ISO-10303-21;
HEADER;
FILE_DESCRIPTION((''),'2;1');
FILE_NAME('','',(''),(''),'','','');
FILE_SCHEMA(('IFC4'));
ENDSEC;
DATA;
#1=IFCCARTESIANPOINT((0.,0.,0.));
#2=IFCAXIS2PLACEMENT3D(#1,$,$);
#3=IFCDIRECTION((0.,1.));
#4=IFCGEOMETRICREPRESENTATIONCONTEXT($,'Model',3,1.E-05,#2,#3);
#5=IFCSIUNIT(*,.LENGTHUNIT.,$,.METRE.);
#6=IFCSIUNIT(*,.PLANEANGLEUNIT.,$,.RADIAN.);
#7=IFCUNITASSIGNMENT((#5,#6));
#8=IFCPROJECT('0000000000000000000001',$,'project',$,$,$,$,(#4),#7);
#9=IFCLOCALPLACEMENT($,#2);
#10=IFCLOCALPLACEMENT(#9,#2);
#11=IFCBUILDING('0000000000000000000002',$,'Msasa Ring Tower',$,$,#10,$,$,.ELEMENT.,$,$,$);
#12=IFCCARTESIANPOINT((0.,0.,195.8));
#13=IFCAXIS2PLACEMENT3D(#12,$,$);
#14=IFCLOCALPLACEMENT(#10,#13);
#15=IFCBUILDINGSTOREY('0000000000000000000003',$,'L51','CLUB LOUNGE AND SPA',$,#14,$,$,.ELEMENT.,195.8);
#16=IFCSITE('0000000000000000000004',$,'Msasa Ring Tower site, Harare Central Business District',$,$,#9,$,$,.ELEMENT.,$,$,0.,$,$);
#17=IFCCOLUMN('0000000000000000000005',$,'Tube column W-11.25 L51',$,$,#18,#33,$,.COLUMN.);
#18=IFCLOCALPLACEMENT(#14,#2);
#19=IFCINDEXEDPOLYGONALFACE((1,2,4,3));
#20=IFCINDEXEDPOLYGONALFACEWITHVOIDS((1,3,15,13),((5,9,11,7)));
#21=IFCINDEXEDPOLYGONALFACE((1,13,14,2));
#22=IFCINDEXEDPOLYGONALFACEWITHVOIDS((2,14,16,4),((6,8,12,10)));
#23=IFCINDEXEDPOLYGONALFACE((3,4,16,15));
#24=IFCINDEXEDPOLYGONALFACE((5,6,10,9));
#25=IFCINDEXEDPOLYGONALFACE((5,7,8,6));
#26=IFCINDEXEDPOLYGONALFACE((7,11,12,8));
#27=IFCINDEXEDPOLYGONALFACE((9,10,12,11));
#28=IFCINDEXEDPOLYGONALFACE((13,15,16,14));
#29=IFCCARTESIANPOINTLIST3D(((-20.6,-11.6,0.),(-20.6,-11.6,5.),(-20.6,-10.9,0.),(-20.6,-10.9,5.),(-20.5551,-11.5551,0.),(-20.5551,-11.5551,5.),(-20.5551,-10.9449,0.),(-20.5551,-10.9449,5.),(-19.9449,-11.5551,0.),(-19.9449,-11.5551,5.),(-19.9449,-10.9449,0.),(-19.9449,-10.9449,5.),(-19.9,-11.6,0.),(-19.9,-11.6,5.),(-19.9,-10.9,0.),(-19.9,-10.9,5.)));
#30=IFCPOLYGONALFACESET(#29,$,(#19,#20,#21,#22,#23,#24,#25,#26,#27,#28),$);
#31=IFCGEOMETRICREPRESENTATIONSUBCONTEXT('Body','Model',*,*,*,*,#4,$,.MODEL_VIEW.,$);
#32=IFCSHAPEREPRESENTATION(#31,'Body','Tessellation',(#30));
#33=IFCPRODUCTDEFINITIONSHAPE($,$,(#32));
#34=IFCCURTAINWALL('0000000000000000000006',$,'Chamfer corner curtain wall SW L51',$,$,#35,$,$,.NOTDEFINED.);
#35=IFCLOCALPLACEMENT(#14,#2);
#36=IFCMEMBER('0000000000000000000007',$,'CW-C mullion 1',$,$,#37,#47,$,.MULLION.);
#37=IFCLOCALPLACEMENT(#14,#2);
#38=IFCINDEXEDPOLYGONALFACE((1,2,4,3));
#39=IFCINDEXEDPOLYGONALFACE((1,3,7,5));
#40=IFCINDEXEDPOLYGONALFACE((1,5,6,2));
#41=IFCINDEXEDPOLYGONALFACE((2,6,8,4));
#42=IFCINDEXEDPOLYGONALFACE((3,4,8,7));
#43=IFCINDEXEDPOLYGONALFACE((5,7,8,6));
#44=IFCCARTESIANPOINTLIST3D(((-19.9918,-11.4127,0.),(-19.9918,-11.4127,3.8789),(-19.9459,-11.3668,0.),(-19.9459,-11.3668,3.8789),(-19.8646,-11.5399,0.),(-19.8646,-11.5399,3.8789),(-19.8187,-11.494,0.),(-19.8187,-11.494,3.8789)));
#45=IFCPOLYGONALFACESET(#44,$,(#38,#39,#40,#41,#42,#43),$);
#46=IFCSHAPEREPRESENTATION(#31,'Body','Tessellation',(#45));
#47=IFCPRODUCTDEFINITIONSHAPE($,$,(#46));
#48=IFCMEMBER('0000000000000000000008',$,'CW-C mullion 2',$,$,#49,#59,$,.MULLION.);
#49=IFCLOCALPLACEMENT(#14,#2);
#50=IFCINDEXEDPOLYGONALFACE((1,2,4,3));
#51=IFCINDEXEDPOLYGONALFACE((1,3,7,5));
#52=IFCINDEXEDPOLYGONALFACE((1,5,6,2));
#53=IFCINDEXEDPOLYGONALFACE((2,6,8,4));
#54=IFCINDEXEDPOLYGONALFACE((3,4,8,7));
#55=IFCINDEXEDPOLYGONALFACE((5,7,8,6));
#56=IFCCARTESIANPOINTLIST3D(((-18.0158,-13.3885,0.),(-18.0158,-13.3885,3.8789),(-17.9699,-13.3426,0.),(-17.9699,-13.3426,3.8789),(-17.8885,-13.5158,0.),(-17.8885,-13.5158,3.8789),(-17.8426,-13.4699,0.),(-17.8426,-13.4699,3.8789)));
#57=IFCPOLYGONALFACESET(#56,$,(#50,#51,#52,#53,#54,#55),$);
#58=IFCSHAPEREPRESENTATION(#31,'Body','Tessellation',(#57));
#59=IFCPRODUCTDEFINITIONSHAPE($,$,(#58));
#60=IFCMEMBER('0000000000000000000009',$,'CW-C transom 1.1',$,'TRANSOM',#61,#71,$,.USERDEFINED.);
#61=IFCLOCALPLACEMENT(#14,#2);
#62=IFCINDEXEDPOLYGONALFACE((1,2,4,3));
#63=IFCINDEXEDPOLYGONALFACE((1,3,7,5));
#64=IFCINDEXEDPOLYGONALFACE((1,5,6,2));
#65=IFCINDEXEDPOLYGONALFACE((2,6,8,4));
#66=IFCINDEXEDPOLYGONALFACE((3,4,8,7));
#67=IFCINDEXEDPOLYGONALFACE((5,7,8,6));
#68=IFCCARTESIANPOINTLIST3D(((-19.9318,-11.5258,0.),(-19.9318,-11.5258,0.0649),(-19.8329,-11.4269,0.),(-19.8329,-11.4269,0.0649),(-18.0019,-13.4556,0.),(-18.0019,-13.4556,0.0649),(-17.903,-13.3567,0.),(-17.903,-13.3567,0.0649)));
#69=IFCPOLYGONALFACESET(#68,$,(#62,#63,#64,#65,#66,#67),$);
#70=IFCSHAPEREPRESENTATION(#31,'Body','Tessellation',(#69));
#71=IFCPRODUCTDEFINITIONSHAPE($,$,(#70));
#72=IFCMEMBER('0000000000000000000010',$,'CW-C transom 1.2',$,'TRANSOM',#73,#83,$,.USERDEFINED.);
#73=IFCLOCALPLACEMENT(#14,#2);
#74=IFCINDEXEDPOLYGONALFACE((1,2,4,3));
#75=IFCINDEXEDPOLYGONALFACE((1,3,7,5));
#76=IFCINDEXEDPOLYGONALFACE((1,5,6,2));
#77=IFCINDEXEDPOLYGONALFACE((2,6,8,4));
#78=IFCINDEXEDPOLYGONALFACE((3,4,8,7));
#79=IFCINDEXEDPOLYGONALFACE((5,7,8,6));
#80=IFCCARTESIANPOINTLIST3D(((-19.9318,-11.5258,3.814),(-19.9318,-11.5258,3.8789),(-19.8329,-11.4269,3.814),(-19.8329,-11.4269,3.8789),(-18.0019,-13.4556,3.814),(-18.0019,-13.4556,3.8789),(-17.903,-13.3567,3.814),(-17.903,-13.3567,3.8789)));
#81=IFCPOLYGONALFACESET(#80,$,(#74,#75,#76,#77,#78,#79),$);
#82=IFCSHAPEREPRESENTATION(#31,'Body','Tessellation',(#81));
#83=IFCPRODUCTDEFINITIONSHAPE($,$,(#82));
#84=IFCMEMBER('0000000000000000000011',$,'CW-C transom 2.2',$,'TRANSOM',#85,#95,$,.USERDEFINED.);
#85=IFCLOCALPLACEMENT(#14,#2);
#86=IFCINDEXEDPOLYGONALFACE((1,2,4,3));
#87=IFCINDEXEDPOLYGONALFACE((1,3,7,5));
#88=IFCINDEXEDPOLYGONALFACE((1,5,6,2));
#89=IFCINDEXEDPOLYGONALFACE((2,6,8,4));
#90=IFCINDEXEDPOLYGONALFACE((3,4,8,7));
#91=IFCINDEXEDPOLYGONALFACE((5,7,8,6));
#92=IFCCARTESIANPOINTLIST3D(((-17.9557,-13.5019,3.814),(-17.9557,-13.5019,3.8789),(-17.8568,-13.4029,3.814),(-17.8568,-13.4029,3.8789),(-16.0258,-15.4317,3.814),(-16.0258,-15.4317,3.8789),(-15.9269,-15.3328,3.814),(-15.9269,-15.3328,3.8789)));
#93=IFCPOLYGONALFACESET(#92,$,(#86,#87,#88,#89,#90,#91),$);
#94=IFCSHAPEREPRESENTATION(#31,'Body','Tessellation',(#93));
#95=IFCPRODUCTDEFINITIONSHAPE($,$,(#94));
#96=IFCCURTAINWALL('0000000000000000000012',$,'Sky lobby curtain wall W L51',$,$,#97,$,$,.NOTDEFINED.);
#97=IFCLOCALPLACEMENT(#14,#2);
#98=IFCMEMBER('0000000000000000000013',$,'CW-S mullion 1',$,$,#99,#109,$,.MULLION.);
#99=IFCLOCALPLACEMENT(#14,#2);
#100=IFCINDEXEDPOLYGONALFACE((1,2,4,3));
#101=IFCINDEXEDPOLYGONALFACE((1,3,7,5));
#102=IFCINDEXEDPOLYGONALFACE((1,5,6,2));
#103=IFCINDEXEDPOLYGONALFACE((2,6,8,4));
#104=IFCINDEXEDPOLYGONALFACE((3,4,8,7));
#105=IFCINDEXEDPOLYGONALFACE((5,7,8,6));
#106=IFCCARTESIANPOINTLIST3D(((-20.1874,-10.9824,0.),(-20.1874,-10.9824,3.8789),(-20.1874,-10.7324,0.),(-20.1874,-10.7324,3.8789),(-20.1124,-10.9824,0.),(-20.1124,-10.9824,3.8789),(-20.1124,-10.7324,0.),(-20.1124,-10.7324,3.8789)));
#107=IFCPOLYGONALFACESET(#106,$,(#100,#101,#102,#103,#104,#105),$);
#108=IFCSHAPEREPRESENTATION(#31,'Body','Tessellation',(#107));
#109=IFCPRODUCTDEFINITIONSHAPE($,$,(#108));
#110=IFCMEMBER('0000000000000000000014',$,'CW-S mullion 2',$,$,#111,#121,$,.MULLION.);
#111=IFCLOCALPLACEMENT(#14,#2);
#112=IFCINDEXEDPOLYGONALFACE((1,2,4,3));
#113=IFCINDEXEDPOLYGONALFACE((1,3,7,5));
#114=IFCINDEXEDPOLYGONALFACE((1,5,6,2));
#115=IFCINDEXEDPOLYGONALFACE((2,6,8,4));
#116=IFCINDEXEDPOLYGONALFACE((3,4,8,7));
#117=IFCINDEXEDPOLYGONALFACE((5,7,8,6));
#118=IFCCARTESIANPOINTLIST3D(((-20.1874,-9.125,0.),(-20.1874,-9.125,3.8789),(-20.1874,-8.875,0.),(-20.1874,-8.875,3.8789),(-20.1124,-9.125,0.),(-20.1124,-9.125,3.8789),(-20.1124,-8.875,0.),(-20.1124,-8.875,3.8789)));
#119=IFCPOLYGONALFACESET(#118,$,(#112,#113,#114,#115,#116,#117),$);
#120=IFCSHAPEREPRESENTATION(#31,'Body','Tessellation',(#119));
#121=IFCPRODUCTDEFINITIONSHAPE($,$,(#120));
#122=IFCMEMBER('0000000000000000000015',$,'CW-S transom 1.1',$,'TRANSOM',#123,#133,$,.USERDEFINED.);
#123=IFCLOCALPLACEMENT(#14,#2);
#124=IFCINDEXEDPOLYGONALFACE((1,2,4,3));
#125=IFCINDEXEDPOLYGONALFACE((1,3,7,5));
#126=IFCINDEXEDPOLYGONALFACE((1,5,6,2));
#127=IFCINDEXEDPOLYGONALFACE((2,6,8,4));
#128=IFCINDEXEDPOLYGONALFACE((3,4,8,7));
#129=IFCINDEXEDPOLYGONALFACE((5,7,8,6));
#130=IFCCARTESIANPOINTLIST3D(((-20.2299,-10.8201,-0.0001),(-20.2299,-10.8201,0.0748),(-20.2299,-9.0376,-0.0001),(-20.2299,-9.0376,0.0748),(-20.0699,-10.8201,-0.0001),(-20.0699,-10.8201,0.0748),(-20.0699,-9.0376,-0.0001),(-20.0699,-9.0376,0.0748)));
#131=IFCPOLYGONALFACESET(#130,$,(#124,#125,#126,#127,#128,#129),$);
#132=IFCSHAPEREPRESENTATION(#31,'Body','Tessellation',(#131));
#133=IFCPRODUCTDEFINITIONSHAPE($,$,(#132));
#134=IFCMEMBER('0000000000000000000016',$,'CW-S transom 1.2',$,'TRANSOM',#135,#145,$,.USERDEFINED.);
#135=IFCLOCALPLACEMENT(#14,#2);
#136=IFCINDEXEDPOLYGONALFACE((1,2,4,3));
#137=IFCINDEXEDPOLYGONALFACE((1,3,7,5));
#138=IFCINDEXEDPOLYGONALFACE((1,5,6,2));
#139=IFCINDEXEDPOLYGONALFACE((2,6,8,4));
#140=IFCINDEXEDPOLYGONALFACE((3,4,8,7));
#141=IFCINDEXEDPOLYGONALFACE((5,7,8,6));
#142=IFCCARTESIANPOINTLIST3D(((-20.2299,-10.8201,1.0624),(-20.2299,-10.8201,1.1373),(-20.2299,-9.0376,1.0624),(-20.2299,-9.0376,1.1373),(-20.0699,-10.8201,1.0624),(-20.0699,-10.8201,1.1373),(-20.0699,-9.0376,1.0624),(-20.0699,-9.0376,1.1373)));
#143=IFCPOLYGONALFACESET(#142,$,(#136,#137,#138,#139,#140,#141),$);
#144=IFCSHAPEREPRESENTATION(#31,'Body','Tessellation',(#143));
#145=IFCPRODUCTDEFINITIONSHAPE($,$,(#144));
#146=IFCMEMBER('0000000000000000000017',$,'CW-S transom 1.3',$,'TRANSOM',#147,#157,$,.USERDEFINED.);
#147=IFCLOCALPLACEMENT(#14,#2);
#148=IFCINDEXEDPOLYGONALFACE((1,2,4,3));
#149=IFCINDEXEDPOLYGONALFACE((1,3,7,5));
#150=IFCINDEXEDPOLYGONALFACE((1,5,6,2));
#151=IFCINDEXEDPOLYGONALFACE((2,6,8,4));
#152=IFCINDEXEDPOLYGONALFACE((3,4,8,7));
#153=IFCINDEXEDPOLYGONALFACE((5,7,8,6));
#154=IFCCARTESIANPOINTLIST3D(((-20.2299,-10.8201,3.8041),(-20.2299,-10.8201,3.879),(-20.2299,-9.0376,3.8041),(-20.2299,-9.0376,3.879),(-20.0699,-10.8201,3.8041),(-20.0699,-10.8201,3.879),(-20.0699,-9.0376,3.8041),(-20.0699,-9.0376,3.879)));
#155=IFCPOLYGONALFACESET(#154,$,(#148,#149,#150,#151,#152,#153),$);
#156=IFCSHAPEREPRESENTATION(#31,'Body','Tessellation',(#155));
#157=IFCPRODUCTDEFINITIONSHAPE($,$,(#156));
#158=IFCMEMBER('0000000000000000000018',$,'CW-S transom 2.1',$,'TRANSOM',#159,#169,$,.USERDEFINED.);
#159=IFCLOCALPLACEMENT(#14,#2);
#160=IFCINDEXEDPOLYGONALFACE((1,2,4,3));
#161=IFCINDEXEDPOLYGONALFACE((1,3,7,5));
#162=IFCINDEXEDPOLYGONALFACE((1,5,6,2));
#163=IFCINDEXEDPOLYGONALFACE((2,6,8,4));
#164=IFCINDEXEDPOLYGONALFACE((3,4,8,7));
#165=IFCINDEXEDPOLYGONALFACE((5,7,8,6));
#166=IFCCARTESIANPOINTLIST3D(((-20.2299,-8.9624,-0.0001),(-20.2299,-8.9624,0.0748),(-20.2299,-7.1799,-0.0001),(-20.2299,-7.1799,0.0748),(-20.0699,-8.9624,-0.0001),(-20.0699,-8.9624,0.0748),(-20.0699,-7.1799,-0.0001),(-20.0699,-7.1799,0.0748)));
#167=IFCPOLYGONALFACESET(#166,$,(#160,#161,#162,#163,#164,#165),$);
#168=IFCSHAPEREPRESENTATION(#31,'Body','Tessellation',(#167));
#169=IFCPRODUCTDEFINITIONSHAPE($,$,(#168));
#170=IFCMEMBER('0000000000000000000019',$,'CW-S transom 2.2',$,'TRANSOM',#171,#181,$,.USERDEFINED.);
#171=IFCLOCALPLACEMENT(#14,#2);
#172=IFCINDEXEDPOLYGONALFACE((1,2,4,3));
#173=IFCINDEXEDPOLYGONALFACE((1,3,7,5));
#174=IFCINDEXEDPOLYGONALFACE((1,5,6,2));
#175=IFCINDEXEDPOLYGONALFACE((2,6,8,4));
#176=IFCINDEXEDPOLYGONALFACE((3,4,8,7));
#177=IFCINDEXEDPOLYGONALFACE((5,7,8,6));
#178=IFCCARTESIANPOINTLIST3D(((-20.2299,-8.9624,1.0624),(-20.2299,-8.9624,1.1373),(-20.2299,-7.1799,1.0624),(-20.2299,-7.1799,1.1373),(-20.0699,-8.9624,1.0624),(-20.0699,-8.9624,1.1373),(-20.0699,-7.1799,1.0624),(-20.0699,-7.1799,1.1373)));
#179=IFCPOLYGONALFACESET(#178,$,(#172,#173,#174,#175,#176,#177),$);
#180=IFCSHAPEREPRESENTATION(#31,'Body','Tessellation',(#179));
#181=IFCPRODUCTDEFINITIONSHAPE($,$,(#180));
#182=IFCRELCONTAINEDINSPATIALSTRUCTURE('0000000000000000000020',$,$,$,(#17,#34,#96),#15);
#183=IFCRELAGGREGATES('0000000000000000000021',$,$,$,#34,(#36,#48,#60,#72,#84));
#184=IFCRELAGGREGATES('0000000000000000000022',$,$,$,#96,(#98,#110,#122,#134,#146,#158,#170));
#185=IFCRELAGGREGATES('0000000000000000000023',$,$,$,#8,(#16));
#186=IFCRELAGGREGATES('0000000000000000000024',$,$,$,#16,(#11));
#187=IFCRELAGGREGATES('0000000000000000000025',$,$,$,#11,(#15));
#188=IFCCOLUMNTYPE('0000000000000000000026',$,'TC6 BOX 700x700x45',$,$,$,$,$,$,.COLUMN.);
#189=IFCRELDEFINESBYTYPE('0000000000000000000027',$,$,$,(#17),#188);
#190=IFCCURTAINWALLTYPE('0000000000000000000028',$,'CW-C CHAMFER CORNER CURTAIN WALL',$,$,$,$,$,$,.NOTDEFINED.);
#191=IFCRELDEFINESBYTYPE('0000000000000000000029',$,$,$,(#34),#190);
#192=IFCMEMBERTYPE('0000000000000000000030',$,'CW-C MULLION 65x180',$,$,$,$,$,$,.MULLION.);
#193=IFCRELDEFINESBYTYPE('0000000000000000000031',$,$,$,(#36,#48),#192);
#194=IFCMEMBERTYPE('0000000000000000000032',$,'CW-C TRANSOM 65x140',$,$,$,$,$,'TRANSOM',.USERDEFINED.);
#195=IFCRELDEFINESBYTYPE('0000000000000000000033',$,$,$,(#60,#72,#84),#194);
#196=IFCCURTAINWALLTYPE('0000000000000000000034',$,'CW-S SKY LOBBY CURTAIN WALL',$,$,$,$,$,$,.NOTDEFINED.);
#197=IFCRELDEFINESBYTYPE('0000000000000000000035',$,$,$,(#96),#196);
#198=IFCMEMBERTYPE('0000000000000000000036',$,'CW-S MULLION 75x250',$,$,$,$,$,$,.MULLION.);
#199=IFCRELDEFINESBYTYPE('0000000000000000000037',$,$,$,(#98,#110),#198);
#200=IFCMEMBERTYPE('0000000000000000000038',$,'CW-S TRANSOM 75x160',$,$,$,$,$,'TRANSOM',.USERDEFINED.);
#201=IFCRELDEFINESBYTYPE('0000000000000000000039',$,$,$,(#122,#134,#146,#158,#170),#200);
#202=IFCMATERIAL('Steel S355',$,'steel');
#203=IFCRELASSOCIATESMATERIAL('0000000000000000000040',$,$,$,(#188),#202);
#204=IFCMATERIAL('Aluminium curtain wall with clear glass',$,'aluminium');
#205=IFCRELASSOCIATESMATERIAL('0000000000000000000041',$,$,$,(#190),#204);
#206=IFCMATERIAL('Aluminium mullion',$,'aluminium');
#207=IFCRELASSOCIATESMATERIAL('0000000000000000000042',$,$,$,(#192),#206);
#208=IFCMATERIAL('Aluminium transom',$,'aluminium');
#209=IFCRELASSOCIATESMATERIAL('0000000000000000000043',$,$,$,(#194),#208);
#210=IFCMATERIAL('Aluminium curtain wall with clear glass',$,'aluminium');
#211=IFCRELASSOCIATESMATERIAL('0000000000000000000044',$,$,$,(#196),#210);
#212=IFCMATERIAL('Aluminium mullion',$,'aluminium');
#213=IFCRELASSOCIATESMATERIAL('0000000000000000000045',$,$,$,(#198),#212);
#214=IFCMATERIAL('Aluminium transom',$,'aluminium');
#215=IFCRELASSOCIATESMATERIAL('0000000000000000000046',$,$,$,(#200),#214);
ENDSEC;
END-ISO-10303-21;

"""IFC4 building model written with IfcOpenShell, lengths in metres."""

from ifc_helpers import new_model, si_unit, direction, frame, origin, origin_2d, place, context, subcontext, project, spatial, rectangle, hollow_rectangle, extrude, material, material_profile, profile_set, type_object, element, aggregate, save


model = new_model("IFC4")

# Units and contexts
model_context = context("Model", 3, precision=1e-05, world=origin(), true_north=direction((0.0, 1.0)))
body_context = subcontext(model_context, "Body", "Model", "MODEL_VIEW")
ifc_project = project(units=[si_unit("LENGTHUNIT", "METRE"), si_unit("PLANEANGLEUNIT", "RADIAN")], contexts=[model_context])

# Site, building, storey
site_placement = place(None, origin())
site = spatial("IfcSite", under=ifc_project, at=site_placement, Name="Msasa Ring Tower site, Harare Central Business District", CompositionType="ELEMENT", RefElevation=0.0)
building_placement = place(site_placement, origin())
building = spatial("IfcBuilding", under=site, at=building_placement, Name="Msasa Ring Tower", CompositionType="ELEMENT")
storey_placement = place(building_placement, frame((0.0, 0.0, 195.8)))
storey = spatial("IfcBuildingStorey", under=building, at=storey_placement, Name="L51", Description="CLUB LOUNGE AND SPA", CompositionType="ELEMENT", Elevation=195.8)

# Column
ifc_material_1 = material(Name="Steel S355", Category="steel")
ifc_material_profile_1 = material_profile(ifc_material_1, hollow_rectangle(XDim=0.7, YDim=0.7, WallThickness=0.0449, at=origin_2d()), Name="BOX 700x700x45")
ifc_profile_set_1 = profile_set([ifc_material_profile_1], Name="Steel S355")
column_type = type_object("IfcColumnType", Name="TC6 BOX 700x700x45", PredefinedType="COLUMN", material=ifc_profile_set_1)
column_placement = place(storey_placement, frame((-20.25, -11.25, 0.0), z_axis=(0.0, 0.0, 1.0), x_axis=(1.0, 0.0, 0.0)))
element("IfcColumn", 1, at=column_placement, inside=storey, type_object=column_type, Name="Tube column W-11.25 L51", PredefinedType="COLUMN", context=body_context, shape_type="SweptSolid", body=[
    extrude(hollow_rectangle(XDim=0.7, YDim=0.7, WallThickness=0.0449, at=origin_2d()), origin(), (0.0, 0.0, 1.0), 5.0),
])

# Curtain walls, members
ifc_material_2 = material(Name="Aluminium curtain wall with clear glass", Category="aluminium")
curtain_wall_type_1 = type_object("IfcCurtainWallType", Name="CW-C CHAMFER CORNER CURTAIN WALL", PredefinedType="NOTDEFINED", material=ifc_material_2)
curtain_wall_1_placement = place(storey_placement, origin())
curtain_wall_1 = element("IfcCurtainWall", 2, at=curtain_wall_1_placement, inside=storey, type_object=curtain_wall_type_1, Name="Chamfer corner curtain wall SW L51", PredefinedType="NOTDEFINED")
ifc_material_3 = material(Name="Aluminium mullion", Category="aluminium")
ifc_material_profile_2 = material_profile(ifc_material_3, rectangle(XDim=0.0649, YDim=0.1799, at=origin_2d()), Name="AL 65x180")
ifc_profile_set_2 = profile_set([ifc_material_profile_2], Name="Aluminium mullion")
member_type_1 = type_object("IfcMemberType", Name="CW-C MULLION 65x180", PredefinedType="MULLION", material=ifc_profile_set_2)
member_1_placement = place(storey_placement, frame((-19.9053, -11.4534, 0.0), z_axis=(0.0, 0.0, 1.0), x_axis=(0.707107, 0.707107, 0.0)))
member_1 = element("IfcMember", 3, at=member_1_placement, type_object=member_type_1, Name="CW-C mullion 1", PredefinedType="MULLION", context=body_context, shape_type="SweptSolid", body=[
    extrude(rectangle(XDim=0.0649, YDim=0.1799, at=origin_2d()), origin(), (0.0, 0.0, 1.0), 3.8789),
])
member_2_placement = place(storey_placement, frame((-17.9292, -13.4292, 0.0), z_axis=(0.0, 0.0, 1.0), x_axis=(0.707107, 0.707107, 0.0)))
member_2 = element("IfcMember", 4, at=member_2_placement, type_object=member_type_1, Name="CW-C mullion 2", PredefinedType="MULLION", context=body_context, shape_type="SweptSolid", body=[
    extrude(rectangle(XDim=0.0649, YDim=0.1799, at=origin_2d()), origin(), (0.0, 0.0, 1.0), 3.8789),
])
ifc_material_4 = material(Name="Aluminium transom", Category="aluminium")
ifc_material_profile_3 = material_profile(ifc_material_4, rectangle(XDim=0.1399, YDim=0.0649, at=origin_2d()), Name="AL 65x140")
ifc_profile_set_3 = profile_set([ifc_material_profile_3], Name="Aluminium transom")
member_type_2 = type_object("IfcMemberType", Name="CW-C TRANSOM 65x140", ElementType="TRANSOM", PredefinedType="USERDEFINED", material=ifc_profile_set_3)
member_3_placement = place(storey_placement, frame((-19.8823, -11.4763, 0.0325), z_axis=(0.707107, -0.707107, 0.0), x_axis=(0.707107, 0.707107, 0.0)))
member_3 = element("IfcMember", 5, at=member_3_placement, type_object=member_type_2, Name="CW-C transom 1.1", ObjectType="TRANSOM", PredefinedType="USERDEFINED", context=body_context, shape_type="SweptSolid", body=[
    extrude(rectangle(XDim=0.1399, YDim=0.0649, at=origin_2d()), origin(), (0.0, 0.0, 1.0), 2.7292),
])
member_4_placement = place(storey_placement, frame((-19.8823, -11.4763, 3.8464), z_axis=(0.707107, -0.707107, 0.0), x_axis=(0.707107, 0.707107, 0.0)))
member_4 = element("IfcMember", 6, at=member_4_placement, type_object=member_type_2, Name="CW-C transom 1.2", ObjectType="TRANSOM", PredefinedType="USERDEFINED", context=body_context, shape_type="SweptSolid", body=[
    extrude(rectangle(XDim=0.1399, YDim=0.0649, at=origin_2d()), origin(), (0.0, 0.0, 1.0), 2.7292),
])
member_5_placement = place(storey_placement, frame((-17.9062, -13.4524, 3.8464), z_axis=(0.707107, -0.707107, 0.0), x_axis=(0.707107, 0.707107, 0.0)))
member_5 = element("IfcMember", 7, at=member_5_placement, type_object=member_type_2, Name="CW-C transom 2.2", ObjectType="TRANSOM", PredefinedType="USERDEFINED", context=body_context, shape_type="SweptSolid", body=[
    extrude(rectangle(XDim=0.1399, YDim=0.0649, at=origin_2d()), origin(), (0.0, 0.0, 1.0), 2.7292),
])
ifc_material_5 = material(Name="Aluminium curtain wall with clear glass", Category="aluminium")
curtain_wall_type_2 = type_object("IfcCurtainWallType", Name="CW-S SKY LOBBY CURTAIN WALL", PredefinedType="NOTDEFINED", material=ifc_material_5)
curtain_wall_2_placement = place(storey_placement, origin())
curtain_wall_2 = element("IfcCurtainWall", 8, at=curtain_wall_2_placement, inside=storey, type_object=curtain_wall_type_2, Name="Sky lobby curtain wall W L51", PredefinedType="NOTDEFINED")
ifc_material_6 = material(Name="Aluminium mullion", Category="aluminium")
ifc_material_profile_4 = material_profile(ifc_material_6, rectangle(XDim=0.075, YDim=0.25, at=origin_2d()), Name="AL 75x250")
ifc_profile_set_4 = profile_set([ifc_material_profile_4], Name="Aluminium mullion")
member_type_3 = type_object("IfcMemberType", Name="CW-S MULLION 75x250", PredefinedType="MULLION", material=ifc_profile_set_4)
member_6_placement = place(storey_placement, frame((-20.1499, -10.8574, 0.0), z_axis=(0.0, 0.0, 1.0), x_axis=(-1.0, 0.0, 0.0)))
member_6 = element("IfcMember", 9, at=member_6_placement, type_object=member_type_3, Name="CW-S mullion 1", PredefinedType="MULLION", context=body_context, shape_type="SweptSolid", body=[
    extrude(rectangle(XDim=0.075, YDim=0.25, at=origin_2d()), origin(), (0.0, 0.0, 1.0), 3.8789),
])
member_7_placement = place(storey_placement, frame((-20.1499, -9.0, 0.0), z_axis=(0.0, 0.0, 1.0), x_axis=(-1.0, 0.0, 0.0)))
member_7 = element("IfcMember", 10, at=member_7_placement, type_object=member_type_3, Name="CW-S mullion 2", PredefinedType="MULLION", context=body_context, shape_type="SweptSolid", body=[
    extrude(rectangle(XDim=0.075, YDim=0.25, at=origin_2d()), origin(), (0.0, 0.0, 1.0), 3.8789),
])
ifc_material_7 = material(Name="Aluminium transom", Category="aluminium")
ifc_material_profile_5 = material_profile(ifc_material_7, rectangle(XDim=0.1599, YDim=0.075, at=origin_2d()), Name="AL 75x160")
ifc_profile_set_5 = profile_set([ifc_material_profile_5], Name="Aluminium transom")
member_type_4 = type_object("IfcMemberType", Name="CW-S TRANSOM 75x160", ElementType="TRANSOM", PredefinedType="USERDEFINED", material=ifc_profile_set_5)
member_8_placement = place(storey_placement, frame((-20.1499, -10.8201, 0.0374), z_axis=(0.0, 1.0, 0.0), x_axis=(-1.0, 0.0, 0.0)))
member_8 = element("IfcMember", 11, at=member_8_placement, type_object=member_type_4, Name="CW-S transom 1.1", ObjectType="TRANSOM", PredefinedType="USERDEFINED", context=body_context, shape_type="SweptSolid", body=[
    extrude(rectangle(XDim=0.1599, YDim=0.075, at=origin_2d()), origin(), (0.0, 0.0, 1.0), 1.7825),
])
member_9_placement = place(storey_placement, frame((-20.1499, -10.8201, 1.0999), z_axis=(0.0, 1.0, 0.0), x_axis=(-1.0, 0.0, 0.0)))
member_9 = element("IfcMember", 12, at=member_9_placement, type_object=member_type_4, Name="CW-S transom 1.2", ObjectType="TRANSOM", PredefinedType="USERDEFINED", context=body_context, shape_type="SweptSolid", body=[
    extrude(rectangle(XDim=0.1599, YDim=0.075, at=origin_2d()), origin(), (0.0, 0.0, 1.0), 1.7825),
])
member_10_placement = place(storey_placement, frame((-20.1499, -10.8201, 3.8416), z_axis=(0.0, 1.0, 0.0), x_axis=(-1.0, 0.0, 0.0)))
member_10 = element("IfcMember", 13, at=member_10_placement, type_object=member_type_4, Name="CW-S transom 1.3", ObjectType="TRANSOM", PredefinedType="USERDEFINED", context=body_context, shape_type="SweptSolid", body=[
    extrude(rectangle(XDim=0.1599, YDim=0.075, at=origin_2d()), origin(), (0.0, 0.0, 1.0), 1.7825),
])
member_11_placement = place(storey_placement, frame((-20.1499, -8.9624, 0.0374), z_axis=(0.0, 1.0, 0.0), x_axis=(-1.0, 0.0, 0.0)))
member_11 = element("IfcMember", 14, at=member_11_placement, type_object=member_type_4, Name="CW-S transom 2.1", ObjectType="TRANSOM", PredefinedType="USERDEFINED", context=body_context, shape_type="SweptSolid", body=[
    extrude(rectangle(XDim=0.1599, YDim=0.075, at=origin_2d()), origin(), (0.0, 0.0, 1.0), 1.7825),
])
member_12_placement = place(storey_placement, frame((-20.1499, -8.9624, 1.0999), z_axis=(0.0, 1.0, 0.0), x_axis=(-1.0, 0.0, 0.0)))
member_12 = element("IfcMember", 15, at=member_12_placement, type_object=member_type_4, Name="CW-S transom 2.2", ObjectType="TRANSOM", PredefinedType="USERDEFINED", context=body_context, shape_type="SweptSolid", body=[
    extrude(rectangle(XDim=0.1599, YDim=0.075, at=origin_2d()), origin(), (0.0, 0.0, 1.0), 1.7825),
])

aggregate(curtain_wall_1, [member_1, member_2, member_3, member_4, member_5])
aggregate(curtain_wall_2, [member_6, member_7, member_8, member_9, member_10, member_11, member_12])

save(model, "model.ifc")
